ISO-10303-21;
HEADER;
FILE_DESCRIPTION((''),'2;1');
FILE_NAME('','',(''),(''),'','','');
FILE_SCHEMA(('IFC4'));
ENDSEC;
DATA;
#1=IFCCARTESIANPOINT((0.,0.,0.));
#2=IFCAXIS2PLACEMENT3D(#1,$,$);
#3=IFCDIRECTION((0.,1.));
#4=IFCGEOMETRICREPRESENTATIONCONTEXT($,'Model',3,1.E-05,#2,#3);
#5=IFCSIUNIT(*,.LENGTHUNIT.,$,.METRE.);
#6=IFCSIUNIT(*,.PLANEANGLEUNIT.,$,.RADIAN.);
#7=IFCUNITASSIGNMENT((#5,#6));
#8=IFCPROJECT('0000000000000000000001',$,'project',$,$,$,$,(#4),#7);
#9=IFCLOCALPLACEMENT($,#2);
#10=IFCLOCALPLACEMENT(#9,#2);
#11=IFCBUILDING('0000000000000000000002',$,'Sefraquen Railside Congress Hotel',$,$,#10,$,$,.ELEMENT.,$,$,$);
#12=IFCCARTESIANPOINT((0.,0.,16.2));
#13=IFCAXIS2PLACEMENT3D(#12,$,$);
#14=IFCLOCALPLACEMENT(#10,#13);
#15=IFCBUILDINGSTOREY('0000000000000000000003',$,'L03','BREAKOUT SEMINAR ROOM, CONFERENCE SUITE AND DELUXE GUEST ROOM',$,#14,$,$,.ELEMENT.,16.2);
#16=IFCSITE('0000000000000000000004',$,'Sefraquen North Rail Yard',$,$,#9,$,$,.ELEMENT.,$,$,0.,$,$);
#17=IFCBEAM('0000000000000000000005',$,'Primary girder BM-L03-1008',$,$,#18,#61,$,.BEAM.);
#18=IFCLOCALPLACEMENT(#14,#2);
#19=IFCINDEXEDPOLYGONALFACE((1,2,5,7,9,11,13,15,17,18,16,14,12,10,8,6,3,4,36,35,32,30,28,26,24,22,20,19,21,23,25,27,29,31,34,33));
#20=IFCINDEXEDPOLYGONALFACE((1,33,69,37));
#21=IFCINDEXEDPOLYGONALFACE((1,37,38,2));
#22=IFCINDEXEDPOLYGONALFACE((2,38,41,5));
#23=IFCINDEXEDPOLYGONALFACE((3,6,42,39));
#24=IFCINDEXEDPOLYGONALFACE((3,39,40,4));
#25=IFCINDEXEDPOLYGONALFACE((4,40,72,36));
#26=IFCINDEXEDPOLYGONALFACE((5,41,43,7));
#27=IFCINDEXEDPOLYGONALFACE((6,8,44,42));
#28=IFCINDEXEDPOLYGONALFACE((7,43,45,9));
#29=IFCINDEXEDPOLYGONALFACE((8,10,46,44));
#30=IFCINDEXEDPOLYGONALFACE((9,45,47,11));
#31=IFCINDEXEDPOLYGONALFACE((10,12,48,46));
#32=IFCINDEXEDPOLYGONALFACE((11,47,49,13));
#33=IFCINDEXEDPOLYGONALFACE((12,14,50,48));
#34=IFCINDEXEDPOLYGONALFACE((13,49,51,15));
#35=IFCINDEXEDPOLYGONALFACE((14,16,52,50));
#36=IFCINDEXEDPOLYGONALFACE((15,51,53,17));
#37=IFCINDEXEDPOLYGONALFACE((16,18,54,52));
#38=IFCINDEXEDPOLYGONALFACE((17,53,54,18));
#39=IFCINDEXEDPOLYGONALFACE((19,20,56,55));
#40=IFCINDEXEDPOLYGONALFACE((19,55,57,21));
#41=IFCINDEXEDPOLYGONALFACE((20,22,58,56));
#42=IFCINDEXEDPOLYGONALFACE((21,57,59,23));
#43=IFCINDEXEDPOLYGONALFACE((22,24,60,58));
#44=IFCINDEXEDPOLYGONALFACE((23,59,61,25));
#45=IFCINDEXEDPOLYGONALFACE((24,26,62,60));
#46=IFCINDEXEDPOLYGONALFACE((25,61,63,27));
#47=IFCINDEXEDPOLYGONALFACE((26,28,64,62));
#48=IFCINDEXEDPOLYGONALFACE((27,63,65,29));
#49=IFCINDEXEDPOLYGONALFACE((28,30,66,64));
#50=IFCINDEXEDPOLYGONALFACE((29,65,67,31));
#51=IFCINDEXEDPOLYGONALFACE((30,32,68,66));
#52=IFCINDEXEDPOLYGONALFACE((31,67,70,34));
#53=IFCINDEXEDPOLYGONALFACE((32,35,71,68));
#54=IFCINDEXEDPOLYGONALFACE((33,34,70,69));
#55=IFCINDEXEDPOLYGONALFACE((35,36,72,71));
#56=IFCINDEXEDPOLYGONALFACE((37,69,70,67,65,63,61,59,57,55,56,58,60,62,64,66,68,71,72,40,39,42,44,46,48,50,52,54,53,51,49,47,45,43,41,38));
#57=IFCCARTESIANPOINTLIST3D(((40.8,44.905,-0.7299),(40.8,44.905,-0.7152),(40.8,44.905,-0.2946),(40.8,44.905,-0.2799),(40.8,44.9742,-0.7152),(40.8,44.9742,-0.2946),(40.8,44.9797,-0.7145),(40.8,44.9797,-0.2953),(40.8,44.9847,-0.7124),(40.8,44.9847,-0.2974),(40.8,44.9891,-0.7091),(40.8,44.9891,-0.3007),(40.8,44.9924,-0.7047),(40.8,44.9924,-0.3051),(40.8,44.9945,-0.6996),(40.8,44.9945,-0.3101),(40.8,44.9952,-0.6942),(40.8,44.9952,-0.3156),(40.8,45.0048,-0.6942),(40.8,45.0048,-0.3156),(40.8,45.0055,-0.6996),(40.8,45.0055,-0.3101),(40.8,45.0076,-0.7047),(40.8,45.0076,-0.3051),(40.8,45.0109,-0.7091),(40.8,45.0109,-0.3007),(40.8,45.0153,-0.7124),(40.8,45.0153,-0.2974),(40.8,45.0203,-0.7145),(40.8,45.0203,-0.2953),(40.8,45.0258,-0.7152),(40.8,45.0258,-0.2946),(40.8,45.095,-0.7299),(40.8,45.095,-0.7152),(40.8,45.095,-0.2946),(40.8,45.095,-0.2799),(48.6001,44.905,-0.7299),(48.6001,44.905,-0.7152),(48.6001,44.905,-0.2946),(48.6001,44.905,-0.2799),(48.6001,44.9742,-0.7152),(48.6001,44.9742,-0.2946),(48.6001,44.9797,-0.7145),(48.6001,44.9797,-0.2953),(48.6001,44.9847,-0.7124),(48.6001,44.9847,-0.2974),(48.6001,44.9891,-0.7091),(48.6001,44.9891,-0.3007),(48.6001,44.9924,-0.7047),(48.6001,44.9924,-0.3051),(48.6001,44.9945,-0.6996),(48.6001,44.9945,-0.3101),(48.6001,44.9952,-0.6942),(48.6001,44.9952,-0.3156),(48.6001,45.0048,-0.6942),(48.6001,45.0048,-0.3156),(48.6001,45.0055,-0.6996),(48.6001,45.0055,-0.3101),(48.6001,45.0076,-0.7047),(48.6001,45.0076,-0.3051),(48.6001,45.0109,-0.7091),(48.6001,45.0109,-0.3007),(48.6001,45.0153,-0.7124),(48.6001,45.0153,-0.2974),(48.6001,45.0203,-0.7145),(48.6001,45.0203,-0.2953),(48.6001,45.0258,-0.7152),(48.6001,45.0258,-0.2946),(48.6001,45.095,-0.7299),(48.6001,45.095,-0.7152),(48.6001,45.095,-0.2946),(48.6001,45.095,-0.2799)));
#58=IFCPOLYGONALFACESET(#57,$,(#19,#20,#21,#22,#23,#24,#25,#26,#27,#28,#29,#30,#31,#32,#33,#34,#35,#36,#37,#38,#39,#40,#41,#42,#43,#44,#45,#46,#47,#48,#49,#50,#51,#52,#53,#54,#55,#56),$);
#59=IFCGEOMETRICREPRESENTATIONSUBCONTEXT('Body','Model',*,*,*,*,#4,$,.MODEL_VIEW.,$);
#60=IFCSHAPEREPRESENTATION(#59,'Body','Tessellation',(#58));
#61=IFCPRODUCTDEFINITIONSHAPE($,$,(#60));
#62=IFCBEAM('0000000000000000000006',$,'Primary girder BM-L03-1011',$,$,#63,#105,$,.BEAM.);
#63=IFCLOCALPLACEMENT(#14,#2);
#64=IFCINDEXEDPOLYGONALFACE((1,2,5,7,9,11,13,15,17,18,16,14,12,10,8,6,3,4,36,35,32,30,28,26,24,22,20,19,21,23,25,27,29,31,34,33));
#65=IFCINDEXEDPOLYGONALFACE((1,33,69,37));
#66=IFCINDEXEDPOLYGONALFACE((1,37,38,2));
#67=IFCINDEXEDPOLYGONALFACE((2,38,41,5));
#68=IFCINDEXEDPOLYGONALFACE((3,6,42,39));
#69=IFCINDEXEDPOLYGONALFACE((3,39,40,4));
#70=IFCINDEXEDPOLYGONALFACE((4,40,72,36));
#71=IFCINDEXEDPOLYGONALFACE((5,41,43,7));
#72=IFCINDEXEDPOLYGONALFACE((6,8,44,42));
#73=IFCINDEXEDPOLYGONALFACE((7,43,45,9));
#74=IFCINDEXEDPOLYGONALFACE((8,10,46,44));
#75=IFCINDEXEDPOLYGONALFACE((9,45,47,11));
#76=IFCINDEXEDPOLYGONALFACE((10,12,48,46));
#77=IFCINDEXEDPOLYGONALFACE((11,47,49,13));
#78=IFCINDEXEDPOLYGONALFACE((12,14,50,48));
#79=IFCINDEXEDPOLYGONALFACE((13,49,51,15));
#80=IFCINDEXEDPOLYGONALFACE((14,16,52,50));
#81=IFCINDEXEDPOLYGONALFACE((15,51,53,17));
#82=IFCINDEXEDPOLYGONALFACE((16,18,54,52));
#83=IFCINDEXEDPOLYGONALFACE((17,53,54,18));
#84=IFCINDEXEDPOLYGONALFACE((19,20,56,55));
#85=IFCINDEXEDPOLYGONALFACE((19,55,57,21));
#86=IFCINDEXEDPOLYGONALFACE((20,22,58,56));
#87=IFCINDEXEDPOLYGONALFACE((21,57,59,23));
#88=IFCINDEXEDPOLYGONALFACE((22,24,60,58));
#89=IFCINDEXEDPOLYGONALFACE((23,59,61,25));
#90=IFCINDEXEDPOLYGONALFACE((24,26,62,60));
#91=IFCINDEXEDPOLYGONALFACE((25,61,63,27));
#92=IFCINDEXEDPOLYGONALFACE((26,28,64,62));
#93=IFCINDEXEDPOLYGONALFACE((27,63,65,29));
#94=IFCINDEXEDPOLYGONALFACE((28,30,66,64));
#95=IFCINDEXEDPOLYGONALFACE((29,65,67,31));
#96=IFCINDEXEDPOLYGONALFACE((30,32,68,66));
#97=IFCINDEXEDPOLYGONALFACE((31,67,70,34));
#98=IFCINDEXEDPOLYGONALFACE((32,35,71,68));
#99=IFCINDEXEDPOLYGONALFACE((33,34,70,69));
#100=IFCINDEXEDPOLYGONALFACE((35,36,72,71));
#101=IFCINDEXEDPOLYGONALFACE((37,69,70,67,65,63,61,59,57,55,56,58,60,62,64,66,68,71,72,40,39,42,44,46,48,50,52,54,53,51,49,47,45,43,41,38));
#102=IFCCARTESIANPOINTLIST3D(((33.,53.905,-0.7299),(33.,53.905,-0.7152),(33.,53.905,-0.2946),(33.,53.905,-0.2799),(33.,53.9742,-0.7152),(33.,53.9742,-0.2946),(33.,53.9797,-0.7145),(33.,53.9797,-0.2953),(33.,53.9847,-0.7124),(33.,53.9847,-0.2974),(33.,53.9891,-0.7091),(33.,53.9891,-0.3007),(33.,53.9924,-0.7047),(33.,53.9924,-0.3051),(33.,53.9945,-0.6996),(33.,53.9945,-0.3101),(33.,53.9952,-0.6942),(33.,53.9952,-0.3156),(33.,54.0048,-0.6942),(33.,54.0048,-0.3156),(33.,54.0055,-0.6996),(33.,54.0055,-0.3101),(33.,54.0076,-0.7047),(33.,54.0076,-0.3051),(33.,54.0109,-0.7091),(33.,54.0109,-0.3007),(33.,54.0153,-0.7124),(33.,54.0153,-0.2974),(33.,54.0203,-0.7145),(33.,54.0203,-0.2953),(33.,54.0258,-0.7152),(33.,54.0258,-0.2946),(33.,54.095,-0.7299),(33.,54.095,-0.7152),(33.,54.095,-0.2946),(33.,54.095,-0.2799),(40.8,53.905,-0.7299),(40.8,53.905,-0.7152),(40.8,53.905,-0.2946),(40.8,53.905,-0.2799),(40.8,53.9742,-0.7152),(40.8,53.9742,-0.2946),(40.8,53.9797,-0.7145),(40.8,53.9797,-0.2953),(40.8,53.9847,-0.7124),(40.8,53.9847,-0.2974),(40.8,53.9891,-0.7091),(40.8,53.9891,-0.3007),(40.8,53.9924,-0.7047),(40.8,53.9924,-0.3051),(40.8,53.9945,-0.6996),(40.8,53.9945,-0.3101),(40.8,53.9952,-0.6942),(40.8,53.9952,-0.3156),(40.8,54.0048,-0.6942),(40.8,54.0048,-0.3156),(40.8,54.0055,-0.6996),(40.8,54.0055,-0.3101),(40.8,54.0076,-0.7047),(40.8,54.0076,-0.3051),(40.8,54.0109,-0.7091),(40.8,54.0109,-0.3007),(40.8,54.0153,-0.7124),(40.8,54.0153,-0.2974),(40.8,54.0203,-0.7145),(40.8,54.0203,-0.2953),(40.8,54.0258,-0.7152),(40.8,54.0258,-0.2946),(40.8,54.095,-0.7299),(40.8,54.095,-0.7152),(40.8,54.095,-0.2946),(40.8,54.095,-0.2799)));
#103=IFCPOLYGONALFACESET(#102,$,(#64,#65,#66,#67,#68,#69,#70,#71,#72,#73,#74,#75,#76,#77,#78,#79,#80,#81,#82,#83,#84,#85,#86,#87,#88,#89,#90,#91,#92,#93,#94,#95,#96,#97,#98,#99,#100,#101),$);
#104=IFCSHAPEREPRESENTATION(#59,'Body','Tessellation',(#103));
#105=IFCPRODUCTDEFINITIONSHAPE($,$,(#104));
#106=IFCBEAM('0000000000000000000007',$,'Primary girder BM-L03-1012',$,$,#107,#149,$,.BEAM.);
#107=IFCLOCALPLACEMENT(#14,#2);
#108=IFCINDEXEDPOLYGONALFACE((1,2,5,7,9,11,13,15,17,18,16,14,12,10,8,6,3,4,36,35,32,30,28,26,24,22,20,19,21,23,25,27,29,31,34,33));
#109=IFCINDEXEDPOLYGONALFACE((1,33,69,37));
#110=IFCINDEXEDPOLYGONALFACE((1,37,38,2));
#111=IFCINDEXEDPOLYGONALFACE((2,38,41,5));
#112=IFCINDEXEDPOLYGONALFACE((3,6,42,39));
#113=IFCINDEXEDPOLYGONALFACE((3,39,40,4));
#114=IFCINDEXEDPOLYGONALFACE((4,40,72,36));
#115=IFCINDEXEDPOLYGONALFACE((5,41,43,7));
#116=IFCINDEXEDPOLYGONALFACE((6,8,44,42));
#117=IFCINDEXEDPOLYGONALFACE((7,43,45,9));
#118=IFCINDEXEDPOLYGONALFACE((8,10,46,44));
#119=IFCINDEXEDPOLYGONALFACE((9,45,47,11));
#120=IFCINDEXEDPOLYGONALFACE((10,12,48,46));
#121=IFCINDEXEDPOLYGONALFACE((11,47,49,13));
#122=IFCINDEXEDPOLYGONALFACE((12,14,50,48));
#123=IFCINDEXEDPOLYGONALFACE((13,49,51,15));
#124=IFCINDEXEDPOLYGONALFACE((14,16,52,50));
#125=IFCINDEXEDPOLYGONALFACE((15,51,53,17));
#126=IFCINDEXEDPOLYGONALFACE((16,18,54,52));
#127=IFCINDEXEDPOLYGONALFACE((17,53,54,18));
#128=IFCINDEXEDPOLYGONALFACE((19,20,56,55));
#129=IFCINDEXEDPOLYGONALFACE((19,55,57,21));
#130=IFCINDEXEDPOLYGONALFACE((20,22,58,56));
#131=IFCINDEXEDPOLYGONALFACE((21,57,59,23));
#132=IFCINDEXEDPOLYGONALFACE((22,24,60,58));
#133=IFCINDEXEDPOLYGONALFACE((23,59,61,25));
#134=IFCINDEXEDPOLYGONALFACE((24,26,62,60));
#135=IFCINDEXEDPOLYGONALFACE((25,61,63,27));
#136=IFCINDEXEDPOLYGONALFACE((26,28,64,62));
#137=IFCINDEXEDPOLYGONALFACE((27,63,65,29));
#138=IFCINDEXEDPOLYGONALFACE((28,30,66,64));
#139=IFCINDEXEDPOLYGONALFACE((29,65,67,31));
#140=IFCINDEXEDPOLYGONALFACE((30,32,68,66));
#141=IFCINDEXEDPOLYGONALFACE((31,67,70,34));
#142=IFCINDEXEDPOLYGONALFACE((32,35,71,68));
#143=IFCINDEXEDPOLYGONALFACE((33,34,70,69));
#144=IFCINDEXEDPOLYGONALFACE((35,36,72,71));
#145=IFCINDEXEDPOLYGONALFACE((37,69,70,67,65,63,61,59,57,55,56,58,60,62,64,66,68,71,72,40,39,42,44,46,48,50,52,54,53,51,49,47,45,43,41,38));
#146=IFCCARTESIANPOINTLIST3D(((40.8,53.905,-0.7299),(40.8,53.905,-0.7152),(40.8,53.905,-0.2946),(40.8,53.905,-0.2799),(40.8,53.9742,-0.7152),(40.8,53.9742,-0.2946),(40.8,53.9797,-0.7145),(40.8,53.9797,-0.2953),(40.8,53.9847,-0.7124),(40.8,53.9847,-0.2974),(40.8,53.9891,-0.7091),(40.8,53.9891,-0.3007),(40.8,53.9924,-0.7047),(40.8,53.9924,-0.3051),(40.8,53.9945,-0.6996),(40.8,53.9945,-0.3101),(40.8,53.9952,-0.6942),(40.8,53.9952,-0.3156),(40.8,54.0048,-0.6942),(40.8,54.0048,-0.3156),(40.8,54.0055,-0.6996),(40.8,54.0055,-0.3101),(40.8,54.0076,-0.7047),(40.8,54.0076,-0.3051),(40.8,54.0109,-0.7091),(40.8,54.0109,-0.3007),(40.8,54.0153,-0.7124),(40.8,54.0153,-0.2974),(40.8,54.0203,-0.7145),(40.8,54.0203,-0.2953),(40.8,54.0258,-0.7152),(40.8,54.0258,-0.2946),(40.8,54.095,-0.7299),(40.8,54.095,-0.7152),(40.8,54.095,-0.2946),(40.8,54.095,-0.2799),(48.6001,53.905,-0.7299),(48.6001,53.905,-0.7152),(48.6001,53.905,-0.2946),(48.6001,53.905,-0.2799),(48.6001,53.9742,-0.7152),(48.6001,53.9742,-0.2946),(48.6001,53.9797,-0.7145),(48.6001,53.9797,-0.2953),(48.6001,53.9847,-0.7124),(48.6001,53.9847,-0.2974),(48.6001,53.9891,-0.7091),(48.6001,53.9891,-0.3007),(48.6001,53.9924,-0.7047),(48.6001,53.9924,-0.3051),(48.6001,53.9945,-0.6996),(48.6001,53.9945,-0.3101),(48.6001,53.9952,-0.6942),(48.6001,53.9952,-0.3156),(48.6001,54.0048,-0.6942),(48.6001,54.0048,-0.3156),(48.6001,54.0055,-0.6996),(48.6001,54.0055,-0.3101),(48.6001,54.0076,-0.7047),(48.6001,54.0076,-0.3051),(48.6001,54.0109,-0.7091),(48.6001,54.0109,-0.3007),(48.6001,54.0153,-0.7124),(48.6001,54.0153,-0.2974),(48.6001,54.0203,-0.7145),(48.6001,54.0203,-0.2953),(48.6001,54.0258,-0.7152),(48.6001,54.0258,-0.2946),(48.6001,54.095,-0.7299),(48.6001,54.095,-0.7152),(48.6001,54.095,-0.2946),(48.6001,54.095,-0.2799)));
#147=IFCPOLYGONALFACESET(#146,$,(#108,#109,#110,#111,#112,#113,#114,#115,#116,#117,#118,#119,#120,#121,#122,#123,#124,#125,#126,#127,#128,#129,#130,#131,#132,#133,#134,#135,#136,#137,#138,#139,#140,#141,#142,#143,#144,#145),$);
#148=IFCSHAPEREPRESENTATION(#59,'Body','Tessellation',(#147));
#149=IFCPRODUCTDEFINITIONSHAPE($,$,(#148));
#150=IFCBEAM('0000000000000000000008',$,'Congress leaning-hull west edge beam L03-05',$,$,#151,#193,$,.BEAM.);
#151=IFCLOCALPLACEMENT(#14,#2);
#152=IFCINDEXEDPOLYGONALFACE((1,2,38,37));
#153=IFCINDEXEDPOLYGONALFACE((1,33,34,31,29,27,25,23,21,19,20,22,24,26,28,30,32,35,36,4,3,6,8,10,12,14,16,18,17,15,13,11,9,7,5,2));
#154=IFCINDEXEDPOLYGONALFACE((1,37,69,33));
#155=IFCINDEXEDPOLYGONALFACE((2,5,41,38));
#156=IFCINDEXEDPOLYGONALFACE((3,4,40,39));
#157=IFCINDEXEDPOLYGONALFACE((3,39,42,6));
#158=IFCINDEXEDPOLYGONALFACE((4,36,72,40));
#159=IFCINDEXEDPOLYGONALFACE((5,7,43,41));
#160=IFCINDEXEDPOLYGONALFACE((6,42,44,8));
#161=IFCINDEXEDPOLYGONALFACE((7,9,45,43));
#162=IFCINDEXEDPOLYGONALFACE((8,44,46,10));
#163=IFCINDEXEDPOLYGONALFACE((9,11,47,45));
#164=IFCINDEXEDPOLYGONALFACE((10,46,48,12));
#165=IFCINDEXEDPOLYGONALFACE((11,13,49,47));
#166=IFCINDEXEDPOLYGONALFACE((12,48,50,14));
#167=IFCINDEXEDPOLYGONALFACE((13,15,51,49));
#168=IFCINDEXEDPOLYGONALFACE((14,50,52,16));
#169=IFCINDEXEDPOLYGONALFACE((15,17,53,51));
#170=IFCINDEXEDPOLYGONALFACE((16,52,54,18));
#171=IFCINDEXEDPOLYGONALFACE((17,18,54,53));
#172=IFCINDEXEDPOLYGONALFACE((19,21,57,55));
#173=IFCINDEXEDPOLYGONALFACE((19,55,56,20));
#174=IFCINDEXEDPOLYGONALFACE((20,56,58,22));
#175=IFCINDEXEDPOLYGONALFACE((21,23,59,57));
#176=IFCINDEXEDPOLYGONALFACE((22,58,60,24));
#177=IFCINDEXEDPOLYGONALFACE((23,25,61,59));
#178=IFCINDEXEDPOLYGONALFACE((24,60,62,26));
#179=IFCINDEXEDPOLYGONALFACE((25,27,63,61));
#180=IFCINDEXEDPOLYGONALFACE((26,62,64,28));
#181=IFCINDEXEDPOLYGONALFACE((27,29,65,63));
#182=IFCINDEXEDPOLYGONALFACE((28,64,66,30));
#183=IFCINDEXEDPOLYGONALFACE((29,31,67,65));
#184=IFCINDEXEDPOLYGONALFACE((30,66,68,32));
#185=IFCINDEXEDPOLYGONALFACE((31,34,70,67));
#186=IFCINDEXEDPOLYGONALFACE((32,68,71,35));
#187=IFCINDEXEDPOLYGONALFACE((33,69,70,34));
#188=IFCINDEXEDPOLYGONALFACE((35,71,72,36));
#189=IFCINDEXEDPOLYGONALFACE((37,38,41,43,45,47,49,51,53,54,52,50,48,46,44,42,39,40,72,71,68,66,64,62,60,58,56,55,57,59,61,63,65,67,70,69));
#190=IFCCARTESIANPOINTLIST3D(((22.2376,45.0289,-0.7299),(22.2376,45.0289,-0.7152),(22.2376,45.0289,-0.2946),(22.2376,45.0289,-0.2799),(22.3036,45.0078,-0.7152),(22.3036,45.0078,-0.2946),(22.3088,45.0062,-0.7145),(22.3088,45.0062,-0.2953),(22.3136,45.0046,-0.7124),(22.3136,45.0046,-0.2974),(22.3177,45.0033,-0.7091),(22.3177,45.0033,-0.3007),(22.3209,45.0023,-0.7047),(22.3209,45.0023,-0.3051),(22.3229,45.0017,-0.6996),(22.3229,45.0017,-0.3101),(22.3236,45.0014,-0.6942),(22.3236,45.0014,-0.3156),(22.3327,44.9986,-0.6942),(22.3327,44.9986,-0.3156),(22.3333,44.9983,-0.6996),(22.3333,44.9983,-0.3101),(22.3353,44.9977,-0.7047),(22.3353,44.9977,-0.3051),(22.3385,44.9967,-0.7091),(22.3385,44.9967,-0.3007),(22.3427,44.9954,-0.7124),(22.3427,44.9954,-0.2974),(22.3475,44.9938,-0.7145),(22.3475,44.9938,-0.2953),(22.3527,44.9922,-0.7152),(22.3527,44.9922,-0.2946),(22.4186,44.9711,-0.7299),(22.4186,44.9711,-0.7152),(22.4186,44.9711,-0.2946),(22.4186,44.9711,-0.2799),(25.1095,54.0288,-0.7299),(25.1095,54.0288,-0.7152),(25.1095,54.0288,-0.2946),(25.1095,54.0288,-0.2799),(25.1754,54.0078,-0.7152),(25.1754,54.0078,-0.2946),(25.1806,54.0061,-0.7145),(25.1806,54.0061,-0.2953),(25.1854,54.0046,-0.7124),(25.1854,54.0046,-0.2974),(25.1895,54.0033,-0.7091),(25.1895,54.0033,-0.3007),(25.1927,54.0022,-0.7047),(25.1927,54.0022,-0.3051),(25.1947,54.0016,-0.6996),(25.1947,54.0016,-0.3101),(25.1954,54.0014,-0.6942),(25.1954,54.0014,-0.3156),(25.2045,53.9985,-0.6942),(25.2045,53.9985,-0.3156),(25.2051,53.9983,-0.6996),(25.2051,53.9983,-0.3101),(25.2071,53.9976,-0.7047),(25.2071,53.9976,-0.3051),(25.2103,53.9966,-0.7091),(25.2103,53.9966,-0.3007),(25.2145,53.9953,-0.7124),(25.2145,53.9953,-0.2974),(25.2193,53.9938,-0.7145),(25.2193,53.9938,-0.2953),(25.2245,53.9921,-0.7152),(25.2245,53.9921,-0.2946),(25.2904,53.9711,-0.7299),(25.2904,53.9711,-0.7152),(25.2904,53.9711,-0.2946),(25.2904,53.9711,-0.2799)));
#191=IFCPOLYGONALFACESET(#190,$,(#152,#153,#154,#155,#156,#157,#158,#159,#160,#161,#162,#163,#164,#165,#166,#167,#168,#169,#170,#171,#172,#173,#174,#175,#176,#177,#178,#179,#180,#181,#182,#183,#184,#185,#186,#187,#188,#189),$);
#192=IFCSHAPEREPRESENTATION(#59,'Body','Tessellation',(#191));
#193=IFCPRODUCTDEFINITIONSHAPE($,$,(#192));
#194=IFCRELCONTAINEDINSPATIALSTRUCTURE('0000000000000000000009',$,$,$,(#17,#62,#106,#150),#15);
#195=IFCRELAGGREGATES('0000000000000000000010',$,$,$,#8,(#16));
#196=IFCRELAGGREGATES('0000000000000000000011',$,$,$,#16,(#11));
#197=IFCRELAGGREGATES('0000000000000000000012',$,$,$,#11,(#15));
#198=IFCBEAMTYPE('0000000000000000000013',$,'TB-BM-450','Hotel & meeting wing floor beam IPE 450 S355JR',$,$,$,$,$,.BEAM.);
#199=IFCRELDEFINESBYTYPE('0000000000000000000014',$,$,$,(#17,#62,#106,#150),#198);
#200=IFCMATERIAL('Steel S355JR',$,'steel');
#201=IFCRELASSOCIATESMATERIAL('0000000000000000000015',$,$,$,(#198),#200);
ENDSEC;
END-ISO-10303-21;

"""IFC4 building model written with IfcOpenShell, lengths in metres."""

from ifc_helpers import new_model, si_unit, direction, frame, origin, origin_2d, place, context, subcontext, project, spatial, i_section, extrude, material, material_profile, profile_set, type_object, element, save


model = new_model("IFC4")

# Units and contexts
model_context = context("Model", 3, precision=1e-05, world=origin(), true_north=direction((0.0, 1.0)))
body_context = subcontext(model_context, "Body", "Model", "MODEL_VIEW")
ifc_project = project(units=[si_unit("LENGTHUNIT", "METRE"), si_unit("PLANEANGLEUNIT", "RADIAN")], contexts=[model_context])

# Site, building, storey
site_placement = place(None, origin())
site = spatial("IfcSite", under=ifc_project, at=site_placement, Name="Sefraquen North Rail Yard", CompositionType="ELEMENT", RefElevation=0.0)
building_placement = place(site_placement, origin())
building = spatial("IfcBuilding", under=site, at=building_placement, Name="Sefraquen Railside Congress Hotel", CompositionType="ELEMENT")
storey_placement = place(building_placement, frame((0.0, 0.0, 16.2)))
storey = spatial("IfcBuildingStorey", under=building, at=storey_placement, Name="L03", Description="BREAKOUT SEMINAR ROOM, CONFERENCE SUITE AND DELUXE GUEST ROOM", CompositionType="ELEMENT", Elevation=16.2)

# Beams
ifc_material_1 = material(Name="Steel S355JR", Category="steel")
ifc_material_profile_1 = material_profile(ifc_material_1, i_section(OverallWidth=0.1899, OverallDepth=0.45, WebThickness=0.0095, FlangeThickness=0.0146, FilletRadius=0.021, at=origin_2d()), Name="IPE 450")
ifc_profile_set_1 = profile_set([ifc_material_profile_1], Name="Steel S355JR")
beam_type_1 = type_object("IfcBeamType", Name="TB-BM-450", Description="Hotel & meeting wing floor beam IPE 450 S355JR", PredefinedType="BEAM", material=ifc_profile_set_1)
for number, where, z_axis, x_axis, name in (
    (1, (40.8, 45.0, -0.5049), (1.0, 0.0, 0.0), (0.0, 1.0, 0.0), "Primary girder BM-L03-1008"),
    (2, (33.0, 54.0, -0.5049), (1.0, 0.0, 0.0), (0.0, 1.0, 0.0), "Primary girder BM-L03-1011"),
    (3, (40.8, 54.0, -0.5049), (1.0, 0.0, 0.0), (0.0, 1.0, 0.0), "Primary girder BM-L03-1012"),
):
    element("IfcBeam", number, at=place(storey_placement, frame(where, z_axis=z_axis, x_axis=x_axis)), inside=storey, type_object=beam_type_1, Name=name, PredefinedType="BEAM", context=body_context, shape_type="SweptSolid", body=[
        extrude(i_section(OverallWidth=0.1899, OverallDepth=0.45, WebThickness=0.0095, FlangeThickness=0.0146, FilletRadius=0.021, at=origin_2d()), origin(), (0.0, 0.0, 1.0), 7.8),
    ])
beam_1_placement = place(storey_placement, frame((22.3281, 45.0, -0.5049), z_axis=(0.303991, 0.952675, 0.0), x_axis=(-0.952675, 0.303991, 0.0)))
element("IfcBeam", 4, at=beam_1_placement, inside=storey, type_object=beam_type_1, Name="Congress leaning-hull west edge beam L03-05", PredefinedType="BEAM", context=body_context, shape_type="SweptSolid", body=[
    extrude(i_section(OverallWidth=0.1899, OverallDepth=0.45, WebThickness=0.0095, FlangeThickness=0.0146, FilletRadius=0.021, at=origin_2d()), origin(), (0.0, 0.0, 1.0), 9.447),
])

save(model, "model.ifc")
